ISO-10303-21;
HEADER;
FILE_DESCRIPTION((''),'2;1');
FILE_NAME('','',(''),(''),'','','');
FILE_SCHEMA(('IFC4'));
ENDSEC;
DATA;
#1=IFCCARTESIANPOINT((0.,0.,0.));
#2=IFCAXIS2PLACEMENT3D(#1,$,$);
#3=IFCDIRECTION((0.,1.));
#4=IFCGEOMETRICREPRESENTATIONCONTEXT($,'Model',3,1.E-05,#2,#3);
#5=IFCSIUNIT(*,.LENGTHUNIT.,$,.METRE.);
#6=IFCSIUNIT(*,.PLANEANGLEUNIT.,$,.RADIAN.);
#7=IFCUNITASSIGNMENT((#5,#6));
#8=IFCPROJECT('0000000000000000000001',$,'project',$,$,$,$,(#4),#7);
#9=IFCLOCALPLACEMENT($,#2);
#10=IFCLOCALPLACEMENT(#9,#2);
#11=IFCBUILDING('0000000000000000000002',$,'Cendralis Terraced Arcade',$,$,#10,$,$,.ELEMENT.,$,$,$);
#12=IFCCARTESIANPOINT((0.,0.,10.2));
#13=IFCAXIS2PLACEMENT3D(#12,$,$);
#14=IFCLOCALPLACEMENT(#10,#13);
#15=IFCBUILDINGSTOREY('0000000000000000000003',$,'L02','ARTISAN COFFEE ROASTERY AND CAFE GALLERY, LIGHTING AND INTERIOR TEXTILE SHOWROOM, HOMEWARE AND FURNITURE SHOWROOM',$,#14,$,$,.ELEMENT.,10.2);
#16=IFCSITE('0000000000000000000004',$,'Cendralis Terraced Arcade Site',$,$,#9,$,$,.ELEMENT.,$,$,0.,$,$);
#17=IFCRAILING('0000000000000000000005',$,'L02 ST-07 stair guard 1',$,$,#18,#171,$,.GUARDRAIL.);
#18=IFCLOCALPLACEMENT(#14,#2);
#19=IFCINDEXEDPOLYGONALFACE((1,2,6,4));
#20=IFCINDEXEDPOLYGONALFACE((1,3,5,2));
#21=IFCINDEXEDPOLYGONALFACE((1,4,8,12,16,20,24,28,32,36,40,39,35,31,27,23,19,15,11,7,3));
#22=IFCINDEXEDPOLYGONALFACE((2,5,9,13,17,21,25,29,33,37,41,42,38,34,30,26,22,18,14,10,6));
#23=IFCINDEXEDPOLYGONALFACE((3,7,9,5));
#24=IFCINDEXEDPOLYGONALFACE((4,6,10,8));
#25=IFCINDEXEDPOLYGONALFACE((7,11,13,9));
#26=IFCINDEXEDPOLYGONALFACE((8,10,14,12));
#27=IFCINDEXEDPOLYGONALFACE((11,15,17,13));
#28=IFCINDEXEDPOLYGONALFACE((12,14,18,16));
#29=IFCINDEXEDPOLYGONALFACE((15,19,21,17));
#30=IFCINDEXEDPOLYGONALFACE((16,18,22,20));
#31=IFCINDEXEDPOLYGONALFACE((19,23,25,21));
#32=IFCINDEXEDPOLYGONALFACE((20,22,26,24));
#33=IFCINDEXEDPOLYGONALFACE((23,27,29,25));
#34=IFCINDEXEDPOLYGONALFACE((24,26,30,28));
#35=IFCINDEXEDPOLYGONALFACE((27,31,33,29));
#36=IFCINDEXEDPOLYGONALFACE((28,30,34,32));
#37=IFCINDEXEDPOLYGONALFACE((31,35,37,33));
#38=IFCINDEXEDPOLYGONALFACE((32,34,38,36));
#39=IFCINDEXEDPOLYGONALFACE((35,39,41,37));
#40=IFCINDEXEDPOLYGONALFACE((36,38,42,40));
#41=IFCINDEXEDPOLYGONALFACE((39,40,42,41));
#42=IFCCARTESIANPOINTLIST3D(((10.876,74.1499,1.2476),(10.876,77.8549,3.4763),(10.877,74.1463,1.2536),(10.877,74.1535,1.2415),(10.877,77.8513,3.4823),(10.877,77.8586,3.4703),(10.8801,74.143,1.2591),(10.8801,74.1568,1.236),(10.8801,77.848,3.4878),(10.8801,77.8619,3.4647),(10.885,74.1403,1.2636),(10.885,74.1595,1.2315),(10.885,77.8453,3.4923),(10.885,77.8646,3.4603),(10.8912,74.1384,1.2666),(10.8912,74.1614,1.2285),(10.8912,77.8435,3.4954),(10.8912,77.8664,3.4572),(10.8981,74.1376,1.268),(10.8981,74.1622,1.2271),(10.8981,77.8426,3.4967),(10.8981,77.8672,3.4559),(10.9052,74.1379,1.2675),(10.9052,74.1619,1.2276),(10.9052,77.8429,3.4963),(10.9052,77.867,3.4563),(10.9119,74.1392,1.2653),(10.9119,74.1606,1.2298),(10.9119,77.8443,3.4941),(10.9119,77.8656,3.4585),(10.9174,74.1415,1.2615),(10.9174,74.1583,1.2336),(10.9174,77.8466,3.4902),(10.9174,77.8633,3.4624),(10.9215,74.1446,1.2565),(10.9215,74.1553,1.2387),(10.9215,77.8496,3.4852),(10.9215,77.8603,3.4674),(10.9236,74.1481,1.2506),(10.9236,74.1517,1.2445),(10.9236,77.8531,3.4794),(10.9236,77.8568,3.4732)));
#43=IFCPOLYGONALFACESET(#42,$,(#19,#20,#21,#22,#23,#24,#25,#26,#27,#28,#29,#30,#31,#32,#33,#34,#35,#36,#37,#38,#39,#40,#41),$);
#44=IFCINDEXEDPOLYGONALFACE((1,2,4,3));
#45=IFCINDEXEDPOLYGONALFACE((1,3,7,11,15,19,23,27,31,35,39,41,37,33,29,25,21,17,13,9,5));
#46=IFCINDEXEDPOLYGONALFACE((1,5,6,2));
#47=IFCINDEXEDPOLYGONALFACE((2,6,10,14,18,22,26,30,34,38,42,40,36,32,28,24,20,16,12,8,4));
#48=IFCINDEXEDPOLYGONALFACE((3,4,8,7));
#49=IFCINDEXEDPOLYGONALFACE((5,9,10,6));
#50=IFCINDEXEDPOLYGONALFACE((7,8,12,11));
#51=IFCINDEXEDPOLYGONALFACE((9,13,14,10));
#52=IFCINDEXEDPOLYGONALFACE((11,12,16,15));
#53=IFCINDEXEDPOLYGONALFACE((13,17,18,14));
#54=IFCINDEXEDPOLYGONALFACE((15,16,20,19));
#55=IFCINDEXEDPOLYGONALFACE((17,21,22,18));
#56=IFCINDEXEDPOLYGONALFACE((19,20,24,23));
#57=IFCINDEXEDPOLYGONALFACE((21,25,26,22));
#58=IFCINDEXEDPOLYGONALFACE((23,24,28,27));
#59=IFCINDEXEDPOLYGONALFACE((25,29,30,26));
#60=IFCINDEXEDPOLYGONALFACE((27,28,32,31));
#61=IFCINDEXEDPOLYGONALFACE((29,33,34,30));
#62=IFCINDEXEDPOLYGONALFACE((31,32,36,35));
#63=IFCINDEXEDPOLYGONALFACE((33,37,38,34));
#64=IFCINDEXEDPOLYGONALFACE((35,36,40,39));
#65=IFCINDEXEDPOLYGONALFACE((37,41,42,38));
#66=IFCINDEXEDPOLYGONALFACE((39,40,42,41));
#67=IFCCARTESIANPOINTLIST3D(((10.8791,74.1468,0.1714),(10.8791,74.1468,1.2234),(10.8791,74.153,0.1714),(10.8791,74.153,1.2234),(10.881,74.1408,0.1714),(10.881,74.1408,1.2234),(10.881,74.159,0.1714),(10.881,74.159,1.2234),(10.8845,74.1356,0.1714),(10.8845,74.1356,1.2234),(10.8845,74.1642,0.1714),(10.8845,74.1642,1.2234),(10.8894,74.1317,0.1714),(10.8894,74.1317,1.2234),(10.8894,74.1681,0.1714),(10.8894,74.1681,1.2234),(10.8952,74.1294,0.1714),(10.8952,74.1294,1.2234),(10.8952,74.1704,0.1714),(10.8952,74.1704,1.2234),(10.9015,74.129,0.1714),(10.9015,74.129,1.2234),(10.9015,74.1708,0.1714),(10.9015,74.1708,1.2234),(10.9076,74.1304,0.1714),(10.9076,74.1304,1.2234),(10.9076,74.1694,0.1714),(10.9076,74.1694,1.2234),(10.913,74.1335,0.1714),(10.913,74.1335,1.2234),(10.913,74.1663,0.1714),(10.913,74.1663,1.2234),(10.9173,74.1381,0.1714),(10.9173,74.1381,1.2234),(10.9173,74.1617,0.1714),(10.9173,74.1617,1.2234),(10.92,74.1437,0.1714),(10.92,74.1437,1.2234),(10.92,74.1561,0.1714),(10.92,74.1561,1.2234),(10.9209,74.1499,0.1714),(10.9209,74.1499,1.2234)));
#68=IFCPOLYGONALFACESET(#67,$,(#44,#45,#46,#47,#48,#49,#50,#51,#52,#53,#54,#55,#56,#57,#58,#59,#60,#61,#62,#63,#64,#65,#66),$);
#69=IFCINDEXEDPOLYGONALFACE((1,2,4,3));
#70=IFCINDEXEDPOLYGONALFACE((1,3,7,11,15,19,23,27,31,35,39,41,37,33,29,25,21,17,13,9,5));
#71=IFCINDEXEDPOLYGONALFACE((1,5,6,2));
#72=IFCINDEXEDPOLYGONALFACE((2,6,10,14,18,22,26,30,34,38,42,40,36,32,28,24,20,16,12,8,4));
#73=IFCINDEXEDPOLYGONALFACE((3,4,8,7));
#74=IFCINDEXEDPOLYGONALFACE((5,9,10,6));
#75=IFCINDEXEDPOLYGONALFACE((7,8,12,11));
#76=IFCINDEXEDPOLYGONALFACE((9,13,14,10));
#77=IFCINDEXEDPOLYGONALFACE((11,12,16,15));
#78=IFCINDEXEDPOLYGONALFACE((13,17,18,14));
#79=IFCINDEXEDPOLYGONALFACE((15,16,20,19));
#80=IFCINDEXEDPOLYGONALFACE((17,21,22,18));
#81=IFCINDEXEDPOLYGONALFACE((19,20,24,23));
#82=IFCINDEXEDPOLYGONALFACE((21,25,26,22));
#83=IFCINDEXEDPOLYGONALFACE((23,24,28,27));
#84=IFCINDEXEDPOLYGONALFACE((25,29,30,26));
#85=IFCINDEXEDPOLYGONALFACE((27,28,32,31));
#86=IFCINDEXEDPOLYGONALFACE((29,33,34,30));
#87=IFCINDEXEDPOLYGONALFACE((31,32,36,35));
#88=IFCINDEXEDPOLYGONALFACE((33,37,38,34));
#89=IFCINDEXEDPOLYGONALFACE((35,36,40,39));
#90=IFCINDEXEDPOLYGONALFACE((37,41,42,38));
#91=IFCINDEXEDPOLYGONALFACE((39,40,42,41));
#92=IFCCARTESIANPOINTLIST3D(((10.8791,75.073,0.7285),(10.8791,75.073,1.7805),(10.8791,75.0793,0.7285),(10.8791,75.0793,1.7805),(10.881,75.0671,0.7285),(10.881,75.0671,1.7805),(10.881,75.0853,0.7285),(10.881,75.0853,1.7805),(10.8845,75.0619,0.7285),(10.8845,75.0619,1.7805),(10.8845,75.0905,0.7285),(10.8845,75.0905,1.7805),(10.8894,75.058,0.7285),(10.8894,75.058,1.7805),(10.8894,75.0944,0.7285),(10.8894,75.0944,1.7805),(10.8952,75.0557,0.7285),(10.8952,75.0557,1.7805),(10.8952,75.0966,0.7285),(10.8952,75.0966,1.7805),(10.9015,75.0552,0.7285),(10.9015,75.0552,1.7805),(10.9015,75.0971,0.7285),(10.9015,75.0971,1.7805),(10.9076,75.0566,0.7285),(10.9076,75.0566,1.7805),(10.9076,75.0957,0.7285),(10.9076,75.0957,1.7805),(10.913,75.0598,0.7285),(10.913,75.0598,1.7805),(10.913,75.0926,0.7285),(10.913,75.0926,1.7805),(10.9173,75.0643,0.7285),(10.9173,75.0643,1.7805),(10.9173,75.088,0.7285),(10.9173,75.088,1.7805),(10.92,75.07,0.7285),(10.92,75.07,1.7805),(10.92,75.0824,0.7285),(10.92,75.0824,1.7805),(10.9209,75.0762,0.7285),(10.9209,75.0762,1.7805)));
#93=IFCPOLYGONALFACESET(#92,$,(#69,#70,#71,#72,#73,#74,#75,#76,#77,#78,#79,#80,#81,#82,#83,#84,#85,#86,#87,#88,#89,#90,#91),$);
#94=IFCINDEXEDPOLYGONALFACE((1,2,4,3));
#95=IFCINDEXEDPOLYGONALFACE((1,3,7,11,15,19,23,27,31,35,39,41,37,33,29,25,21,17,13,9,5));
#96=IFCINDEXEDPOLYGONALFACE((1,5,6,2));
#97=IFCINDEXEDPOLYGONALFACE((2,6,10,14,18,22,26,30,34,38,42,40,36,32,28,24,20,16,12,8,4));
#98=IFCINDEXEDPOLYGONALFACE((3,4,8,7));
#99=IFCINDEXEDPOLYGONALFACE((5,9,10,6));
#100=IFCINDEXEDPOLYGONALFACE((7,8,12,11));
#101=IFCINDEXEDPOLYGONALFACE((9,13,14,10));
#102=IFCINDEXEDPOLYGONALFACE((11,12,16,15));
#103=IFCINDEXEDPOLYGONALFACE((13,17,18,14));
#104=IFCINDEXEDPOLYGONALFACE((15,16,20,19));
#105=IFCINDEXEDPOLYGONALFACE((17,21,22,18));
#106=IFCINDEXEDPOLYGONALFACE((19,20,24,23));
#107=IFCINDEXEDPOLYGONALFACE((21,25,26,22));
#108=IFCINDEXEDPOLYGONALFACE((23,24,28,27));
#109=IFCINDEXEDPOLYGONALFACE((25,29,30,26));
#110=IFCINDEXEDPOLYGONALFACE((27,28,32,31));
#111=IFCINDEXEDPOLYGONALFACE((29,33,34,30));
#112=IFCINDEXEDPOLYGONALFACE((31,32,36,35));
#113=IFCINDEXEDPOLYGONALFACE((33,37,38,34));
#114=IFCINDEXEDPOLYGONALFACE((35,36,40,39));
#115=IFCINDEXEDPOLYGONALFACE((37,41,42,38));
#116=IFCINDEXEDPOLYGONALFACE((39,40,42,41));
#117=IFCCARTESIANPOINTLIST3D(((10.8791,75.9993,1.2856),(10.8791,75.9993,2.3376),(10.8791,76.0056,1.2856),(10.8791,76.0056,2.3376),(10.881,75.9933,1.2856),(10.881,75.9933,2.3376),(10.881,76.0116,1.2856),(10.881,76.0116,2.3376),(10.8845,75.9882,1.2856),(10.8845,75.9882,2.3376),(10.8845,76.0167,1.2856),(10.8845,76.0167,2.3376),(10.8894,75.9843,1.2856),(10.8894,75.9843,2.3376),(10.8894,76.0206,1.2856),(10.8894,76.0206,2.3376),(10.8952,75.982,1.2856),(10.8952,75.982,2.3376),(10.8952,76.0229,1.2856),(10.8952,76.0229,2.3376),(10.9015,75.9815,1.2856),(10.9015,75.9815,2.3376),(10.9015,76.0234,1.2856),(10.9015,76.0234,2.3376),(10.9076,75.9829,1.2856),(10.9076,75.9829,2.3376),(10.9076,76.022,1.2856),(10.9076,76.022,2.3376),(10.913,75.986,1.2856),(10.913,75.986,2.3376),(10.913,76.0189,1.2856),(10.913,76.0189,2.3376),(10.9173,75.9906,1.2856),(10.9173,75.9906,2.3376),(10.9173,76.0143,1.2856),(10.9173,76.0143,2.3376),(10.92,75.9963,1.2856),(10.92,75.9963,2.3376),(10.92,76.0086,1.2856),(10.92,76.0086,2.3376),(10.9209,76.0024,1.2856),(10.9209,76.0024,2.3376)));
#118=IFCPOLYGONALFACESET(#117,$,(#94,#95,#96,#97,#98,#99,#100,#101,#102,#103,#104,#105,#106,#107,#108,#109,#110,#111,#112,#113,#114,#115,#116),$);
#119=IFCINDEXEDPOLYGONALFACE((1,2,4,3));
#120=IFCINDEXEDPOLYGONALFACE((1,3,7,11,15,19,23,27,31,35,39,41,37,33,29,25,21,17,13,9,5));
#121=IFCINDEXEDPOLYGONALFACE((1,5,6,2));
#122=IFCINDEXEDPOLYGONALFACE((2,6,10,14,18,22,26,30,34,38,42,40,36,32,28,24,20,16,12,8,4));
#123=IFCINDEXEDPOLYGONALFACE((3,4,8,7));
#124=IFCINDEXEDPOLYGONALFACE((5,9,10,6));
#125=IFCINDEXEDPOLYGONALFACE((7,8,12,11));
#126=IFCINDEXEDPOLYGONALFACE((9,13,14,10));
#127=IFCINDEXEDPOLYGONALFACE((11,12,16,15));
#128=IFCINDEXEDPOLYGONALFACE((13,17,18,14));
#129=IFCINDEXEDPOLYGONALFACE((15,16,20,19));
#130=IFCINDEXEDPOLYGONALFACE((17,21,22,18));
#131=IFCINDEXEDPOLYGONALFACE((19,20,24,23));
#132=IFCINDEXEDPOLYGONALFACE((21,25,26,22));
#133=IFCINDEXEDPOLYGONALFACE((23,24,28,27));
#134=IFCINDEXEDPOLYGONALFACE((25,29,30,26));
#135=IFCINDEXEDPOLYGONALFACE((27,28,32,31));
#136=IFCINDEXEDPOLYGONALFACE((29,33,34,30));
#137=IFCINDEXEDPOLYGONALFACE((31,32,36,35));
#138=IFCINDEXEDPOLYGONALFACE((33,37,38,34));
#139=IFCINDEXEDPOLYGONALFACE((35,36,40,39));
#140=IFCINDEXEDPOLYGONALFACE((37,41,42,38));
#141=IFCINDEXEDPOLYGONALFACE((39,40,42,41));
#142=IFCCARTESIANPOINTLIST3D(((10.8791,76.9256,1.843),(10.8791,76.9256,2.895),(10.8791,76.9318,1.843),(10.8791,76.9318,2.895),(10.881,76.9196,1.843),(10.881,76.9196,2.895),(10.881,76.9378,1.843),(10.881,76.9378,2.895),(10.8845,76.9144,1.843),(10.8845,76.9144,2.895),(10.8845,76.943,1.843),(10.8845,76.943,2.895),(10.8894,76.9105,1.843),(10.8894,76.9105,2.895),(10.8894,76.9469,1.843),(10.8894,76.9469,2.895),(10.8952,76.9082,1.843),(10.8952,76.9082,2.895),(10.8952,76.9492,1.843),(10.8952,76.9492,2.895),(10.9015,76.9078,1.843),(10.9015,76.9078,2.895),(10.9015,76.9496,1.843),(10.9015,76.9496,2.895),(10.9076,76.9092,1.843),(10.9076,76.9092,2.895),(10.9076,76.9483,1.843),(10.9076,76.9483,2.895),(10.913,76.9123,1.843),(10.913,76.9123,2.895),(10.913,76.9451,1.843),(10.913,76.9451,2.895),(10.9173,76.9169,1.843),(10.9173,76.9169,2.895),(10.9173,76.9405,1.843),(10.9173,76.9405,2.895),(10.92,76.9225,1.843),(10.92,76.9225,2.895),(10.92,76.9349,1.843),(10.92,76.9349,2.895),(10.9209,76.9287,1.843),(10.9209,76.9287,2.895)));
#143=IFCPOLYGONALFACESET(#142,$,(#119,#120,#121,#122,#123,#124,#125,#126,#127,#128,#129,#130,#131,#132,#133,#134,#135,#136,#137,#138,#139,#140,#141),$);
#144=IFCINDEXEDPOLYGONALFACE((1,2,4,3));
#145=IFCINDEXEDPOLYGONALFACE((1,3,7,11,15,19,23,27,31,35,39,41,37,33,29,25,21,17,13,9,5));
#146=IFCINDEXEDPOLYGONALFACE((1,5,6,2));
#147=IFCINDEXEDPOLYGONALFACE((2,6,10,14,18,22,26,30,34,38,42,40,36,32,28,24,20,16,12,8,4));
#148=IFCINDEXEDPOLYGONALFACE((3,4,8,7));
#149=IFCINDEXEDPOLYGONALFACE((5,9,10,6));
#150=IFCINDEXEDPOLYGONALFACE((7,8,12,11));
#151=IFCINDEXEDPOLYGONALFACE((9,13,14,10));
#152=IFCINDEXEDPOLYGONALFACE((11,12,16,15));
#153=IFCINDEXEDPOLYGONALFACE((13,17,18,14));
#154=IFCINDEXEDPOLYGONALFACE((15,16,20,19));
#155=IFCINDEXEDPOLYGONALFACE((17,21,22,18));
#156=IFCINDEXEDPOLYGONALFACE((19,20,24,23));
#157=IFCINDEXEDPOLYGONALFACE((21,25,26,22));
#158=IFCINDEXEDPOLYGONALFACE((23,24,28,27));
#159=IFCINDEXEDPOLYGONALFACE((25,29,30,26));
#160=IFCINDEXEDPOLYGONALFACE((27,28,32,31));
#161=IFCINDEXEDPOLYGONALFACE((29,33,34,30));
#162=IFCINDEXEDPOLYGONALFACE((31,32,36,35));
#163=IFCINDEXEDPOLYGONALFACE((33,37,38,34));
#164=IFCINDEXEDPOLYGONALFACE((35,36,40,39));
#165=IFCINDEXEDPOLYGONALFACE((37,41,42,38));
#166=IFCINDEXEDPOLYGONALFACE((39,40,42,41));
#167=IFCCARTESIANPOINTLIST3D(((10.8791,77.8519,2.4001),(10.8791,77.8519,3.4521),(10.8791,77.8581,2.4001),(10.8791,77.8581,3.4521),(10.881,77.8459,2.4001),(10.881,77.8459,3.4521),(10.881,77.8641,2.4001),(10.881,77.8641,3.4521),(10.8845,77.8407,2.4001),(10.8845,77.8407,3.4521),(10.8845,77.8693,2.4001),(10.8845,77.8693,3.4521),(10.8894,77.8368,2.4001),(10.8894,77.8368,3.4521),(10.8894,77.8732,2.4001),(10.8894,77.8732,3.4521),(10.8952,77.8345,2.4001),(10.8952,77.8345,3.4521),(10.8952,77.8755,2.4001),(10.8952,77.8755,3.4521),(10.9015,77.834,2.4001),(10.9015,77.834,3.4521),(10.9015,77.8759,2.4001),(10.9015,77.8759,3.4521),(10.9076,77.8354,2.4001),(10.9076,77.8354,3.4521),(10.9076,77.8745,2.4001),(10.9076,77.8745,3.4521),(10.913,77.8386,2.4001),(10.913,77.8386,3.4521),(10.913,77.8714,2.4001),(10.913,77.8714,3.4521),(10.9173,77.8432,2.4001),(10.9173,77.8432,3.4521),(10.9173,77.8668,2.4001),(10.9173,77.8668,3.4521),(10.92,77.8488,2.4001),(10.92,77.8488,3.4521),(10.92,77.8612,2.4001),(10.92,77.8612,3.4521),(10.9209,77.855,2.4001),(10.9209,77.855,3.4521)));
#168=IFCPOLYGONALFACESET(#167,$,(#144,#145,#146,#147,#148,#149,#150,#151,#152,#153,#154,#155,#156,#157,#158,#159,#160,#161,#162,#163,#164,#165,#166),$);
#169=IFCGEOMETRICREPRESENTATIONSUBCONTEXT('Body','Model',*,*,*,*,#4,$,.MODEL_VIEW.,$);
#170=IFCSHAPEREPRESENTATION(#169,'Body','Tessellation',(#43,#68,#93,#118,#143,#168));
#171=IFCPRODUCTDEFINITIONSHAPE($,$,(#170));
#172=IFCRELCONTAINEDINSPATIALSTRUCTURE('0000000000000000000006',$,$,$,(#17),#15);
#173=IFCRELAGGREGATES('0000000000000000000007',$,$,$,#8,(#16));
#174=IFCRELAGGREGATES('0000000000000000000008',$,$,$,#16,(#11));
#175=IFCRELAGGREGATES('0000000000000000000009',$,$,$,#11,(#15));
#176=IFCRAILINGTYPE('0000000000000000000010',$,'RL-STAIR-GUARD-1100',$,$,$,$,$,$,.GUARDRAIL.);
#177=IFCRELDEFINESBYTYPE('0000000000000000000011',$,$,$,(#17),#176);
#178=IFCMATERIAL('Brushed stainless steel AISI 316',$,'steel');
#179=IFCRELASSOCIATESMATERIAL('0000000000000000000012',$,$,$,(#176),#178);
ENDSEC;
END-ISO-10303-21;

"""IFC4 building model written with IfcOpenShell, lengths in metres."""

from ifc_helpers import new_model, si_unit, direction, frame, origin, origin_2d, place, context, subcontext, project, spatial, circle, extrude, material, type_object, element, save


model = new_model("IFC4")

# Units and contexts
model_context = context("Model", 3, precision=1e-05, world=origin(), true_north=direction((0.0, 1.0)))
body_context = subcontext(model_context, "Body", "Model", "MODEL_VIEW")
ifc_project = project(units=[si_unit("LENGTHUNIT", "METRE"), si_unit("PLANEANGLEUNIT", "RADIAN")], contexts=[model_context])

# Site, building, storey
site_placement = place(None, origin())
site = spatial("IfcSite", under=ifc_project, at=site_placement, Name="Cendralis Terraced Arcade Site", CompositionType="ELEMENT", RefElevation=0.0)
building_placement = place(site_placement, origin())
building = spatial("IfcBuilding", under=site, at=building_placement, Name="Cendralis Terraced Arcade", CompositionType="ELEMENT")
storey_placement = place(building_placement, frame((0.0, 0.0, 10.2)))
storey = spatial("IfcBuildingStorey", under=building, at=storey_placement, Name="L02", Description="ARTISAN COFFEE ROASTERY AND CAFE GALLERY, LIGHTING AND INTERIOR TEXTILE SHOWROOM, HOMEWARE AND FURNITURE SHOWROOM", CompositionType="ELEMENT", Elevation=10.2)

# Railing
ifc_material_1 = material(Name="Brushed stainless steel AISI 316", Category="steel")
railing_type_1 = type_object("IfcRailingType", Name="RL-STAIR-GUARD-1100", PredefinedType="GUARDRAIL", material=ifc_material_1)
railing_1_placement = place(storey_placement, frame((10.8999, 74.1499, 0.1714)))
element("IfcRailing", 1, at=railing_1_placement, inside=storey, type_object=railing_type_1, Name="L02 ST-07 stair guard 1", PredefinedType="GUARDRAIL", context=body_context, shape_type="SweptSolid", body=[
    extrude(circle(Radius=0.0239, at=origin_2d()), frame((0.0, 0.0, 1.0762), z_axis=(0.0, 0.856909, 0.515467), x_axis=(-1.0, 0.0, 0.0)), (0.0, 0.0, 1.0), 4.3237),
    extrude(circle(Radius=0.021, at=origin_2d()), origin(), (0.0, 0.0, 1.0), 1.052),
    extrude(circle(Radius=0.021, at=origin_2d()), frame((0.0, 0.9263, 0.5571)), (0.0, 0.0, 1.0), 1.052),
    extrude(circle(Radius=0.021, at=origin_2d()), frame((0.0, 1.8525, 1.1143)), (0.0, 0.0, 1.0), 1.052),
    extrude(circle(Radius=0.021, at=origin_2d()), frame((0.0, 2.7788, 1.6716)), (0.0, 0.0, 1.0), 1.052),
    extrude(circle(Radius=0.021, at=origin_2d()), frame((0.0, 3.7051, 2.2288)), (0.0, 0.0, 1.0), 1.052),
])

save(model, "model.ifc")
